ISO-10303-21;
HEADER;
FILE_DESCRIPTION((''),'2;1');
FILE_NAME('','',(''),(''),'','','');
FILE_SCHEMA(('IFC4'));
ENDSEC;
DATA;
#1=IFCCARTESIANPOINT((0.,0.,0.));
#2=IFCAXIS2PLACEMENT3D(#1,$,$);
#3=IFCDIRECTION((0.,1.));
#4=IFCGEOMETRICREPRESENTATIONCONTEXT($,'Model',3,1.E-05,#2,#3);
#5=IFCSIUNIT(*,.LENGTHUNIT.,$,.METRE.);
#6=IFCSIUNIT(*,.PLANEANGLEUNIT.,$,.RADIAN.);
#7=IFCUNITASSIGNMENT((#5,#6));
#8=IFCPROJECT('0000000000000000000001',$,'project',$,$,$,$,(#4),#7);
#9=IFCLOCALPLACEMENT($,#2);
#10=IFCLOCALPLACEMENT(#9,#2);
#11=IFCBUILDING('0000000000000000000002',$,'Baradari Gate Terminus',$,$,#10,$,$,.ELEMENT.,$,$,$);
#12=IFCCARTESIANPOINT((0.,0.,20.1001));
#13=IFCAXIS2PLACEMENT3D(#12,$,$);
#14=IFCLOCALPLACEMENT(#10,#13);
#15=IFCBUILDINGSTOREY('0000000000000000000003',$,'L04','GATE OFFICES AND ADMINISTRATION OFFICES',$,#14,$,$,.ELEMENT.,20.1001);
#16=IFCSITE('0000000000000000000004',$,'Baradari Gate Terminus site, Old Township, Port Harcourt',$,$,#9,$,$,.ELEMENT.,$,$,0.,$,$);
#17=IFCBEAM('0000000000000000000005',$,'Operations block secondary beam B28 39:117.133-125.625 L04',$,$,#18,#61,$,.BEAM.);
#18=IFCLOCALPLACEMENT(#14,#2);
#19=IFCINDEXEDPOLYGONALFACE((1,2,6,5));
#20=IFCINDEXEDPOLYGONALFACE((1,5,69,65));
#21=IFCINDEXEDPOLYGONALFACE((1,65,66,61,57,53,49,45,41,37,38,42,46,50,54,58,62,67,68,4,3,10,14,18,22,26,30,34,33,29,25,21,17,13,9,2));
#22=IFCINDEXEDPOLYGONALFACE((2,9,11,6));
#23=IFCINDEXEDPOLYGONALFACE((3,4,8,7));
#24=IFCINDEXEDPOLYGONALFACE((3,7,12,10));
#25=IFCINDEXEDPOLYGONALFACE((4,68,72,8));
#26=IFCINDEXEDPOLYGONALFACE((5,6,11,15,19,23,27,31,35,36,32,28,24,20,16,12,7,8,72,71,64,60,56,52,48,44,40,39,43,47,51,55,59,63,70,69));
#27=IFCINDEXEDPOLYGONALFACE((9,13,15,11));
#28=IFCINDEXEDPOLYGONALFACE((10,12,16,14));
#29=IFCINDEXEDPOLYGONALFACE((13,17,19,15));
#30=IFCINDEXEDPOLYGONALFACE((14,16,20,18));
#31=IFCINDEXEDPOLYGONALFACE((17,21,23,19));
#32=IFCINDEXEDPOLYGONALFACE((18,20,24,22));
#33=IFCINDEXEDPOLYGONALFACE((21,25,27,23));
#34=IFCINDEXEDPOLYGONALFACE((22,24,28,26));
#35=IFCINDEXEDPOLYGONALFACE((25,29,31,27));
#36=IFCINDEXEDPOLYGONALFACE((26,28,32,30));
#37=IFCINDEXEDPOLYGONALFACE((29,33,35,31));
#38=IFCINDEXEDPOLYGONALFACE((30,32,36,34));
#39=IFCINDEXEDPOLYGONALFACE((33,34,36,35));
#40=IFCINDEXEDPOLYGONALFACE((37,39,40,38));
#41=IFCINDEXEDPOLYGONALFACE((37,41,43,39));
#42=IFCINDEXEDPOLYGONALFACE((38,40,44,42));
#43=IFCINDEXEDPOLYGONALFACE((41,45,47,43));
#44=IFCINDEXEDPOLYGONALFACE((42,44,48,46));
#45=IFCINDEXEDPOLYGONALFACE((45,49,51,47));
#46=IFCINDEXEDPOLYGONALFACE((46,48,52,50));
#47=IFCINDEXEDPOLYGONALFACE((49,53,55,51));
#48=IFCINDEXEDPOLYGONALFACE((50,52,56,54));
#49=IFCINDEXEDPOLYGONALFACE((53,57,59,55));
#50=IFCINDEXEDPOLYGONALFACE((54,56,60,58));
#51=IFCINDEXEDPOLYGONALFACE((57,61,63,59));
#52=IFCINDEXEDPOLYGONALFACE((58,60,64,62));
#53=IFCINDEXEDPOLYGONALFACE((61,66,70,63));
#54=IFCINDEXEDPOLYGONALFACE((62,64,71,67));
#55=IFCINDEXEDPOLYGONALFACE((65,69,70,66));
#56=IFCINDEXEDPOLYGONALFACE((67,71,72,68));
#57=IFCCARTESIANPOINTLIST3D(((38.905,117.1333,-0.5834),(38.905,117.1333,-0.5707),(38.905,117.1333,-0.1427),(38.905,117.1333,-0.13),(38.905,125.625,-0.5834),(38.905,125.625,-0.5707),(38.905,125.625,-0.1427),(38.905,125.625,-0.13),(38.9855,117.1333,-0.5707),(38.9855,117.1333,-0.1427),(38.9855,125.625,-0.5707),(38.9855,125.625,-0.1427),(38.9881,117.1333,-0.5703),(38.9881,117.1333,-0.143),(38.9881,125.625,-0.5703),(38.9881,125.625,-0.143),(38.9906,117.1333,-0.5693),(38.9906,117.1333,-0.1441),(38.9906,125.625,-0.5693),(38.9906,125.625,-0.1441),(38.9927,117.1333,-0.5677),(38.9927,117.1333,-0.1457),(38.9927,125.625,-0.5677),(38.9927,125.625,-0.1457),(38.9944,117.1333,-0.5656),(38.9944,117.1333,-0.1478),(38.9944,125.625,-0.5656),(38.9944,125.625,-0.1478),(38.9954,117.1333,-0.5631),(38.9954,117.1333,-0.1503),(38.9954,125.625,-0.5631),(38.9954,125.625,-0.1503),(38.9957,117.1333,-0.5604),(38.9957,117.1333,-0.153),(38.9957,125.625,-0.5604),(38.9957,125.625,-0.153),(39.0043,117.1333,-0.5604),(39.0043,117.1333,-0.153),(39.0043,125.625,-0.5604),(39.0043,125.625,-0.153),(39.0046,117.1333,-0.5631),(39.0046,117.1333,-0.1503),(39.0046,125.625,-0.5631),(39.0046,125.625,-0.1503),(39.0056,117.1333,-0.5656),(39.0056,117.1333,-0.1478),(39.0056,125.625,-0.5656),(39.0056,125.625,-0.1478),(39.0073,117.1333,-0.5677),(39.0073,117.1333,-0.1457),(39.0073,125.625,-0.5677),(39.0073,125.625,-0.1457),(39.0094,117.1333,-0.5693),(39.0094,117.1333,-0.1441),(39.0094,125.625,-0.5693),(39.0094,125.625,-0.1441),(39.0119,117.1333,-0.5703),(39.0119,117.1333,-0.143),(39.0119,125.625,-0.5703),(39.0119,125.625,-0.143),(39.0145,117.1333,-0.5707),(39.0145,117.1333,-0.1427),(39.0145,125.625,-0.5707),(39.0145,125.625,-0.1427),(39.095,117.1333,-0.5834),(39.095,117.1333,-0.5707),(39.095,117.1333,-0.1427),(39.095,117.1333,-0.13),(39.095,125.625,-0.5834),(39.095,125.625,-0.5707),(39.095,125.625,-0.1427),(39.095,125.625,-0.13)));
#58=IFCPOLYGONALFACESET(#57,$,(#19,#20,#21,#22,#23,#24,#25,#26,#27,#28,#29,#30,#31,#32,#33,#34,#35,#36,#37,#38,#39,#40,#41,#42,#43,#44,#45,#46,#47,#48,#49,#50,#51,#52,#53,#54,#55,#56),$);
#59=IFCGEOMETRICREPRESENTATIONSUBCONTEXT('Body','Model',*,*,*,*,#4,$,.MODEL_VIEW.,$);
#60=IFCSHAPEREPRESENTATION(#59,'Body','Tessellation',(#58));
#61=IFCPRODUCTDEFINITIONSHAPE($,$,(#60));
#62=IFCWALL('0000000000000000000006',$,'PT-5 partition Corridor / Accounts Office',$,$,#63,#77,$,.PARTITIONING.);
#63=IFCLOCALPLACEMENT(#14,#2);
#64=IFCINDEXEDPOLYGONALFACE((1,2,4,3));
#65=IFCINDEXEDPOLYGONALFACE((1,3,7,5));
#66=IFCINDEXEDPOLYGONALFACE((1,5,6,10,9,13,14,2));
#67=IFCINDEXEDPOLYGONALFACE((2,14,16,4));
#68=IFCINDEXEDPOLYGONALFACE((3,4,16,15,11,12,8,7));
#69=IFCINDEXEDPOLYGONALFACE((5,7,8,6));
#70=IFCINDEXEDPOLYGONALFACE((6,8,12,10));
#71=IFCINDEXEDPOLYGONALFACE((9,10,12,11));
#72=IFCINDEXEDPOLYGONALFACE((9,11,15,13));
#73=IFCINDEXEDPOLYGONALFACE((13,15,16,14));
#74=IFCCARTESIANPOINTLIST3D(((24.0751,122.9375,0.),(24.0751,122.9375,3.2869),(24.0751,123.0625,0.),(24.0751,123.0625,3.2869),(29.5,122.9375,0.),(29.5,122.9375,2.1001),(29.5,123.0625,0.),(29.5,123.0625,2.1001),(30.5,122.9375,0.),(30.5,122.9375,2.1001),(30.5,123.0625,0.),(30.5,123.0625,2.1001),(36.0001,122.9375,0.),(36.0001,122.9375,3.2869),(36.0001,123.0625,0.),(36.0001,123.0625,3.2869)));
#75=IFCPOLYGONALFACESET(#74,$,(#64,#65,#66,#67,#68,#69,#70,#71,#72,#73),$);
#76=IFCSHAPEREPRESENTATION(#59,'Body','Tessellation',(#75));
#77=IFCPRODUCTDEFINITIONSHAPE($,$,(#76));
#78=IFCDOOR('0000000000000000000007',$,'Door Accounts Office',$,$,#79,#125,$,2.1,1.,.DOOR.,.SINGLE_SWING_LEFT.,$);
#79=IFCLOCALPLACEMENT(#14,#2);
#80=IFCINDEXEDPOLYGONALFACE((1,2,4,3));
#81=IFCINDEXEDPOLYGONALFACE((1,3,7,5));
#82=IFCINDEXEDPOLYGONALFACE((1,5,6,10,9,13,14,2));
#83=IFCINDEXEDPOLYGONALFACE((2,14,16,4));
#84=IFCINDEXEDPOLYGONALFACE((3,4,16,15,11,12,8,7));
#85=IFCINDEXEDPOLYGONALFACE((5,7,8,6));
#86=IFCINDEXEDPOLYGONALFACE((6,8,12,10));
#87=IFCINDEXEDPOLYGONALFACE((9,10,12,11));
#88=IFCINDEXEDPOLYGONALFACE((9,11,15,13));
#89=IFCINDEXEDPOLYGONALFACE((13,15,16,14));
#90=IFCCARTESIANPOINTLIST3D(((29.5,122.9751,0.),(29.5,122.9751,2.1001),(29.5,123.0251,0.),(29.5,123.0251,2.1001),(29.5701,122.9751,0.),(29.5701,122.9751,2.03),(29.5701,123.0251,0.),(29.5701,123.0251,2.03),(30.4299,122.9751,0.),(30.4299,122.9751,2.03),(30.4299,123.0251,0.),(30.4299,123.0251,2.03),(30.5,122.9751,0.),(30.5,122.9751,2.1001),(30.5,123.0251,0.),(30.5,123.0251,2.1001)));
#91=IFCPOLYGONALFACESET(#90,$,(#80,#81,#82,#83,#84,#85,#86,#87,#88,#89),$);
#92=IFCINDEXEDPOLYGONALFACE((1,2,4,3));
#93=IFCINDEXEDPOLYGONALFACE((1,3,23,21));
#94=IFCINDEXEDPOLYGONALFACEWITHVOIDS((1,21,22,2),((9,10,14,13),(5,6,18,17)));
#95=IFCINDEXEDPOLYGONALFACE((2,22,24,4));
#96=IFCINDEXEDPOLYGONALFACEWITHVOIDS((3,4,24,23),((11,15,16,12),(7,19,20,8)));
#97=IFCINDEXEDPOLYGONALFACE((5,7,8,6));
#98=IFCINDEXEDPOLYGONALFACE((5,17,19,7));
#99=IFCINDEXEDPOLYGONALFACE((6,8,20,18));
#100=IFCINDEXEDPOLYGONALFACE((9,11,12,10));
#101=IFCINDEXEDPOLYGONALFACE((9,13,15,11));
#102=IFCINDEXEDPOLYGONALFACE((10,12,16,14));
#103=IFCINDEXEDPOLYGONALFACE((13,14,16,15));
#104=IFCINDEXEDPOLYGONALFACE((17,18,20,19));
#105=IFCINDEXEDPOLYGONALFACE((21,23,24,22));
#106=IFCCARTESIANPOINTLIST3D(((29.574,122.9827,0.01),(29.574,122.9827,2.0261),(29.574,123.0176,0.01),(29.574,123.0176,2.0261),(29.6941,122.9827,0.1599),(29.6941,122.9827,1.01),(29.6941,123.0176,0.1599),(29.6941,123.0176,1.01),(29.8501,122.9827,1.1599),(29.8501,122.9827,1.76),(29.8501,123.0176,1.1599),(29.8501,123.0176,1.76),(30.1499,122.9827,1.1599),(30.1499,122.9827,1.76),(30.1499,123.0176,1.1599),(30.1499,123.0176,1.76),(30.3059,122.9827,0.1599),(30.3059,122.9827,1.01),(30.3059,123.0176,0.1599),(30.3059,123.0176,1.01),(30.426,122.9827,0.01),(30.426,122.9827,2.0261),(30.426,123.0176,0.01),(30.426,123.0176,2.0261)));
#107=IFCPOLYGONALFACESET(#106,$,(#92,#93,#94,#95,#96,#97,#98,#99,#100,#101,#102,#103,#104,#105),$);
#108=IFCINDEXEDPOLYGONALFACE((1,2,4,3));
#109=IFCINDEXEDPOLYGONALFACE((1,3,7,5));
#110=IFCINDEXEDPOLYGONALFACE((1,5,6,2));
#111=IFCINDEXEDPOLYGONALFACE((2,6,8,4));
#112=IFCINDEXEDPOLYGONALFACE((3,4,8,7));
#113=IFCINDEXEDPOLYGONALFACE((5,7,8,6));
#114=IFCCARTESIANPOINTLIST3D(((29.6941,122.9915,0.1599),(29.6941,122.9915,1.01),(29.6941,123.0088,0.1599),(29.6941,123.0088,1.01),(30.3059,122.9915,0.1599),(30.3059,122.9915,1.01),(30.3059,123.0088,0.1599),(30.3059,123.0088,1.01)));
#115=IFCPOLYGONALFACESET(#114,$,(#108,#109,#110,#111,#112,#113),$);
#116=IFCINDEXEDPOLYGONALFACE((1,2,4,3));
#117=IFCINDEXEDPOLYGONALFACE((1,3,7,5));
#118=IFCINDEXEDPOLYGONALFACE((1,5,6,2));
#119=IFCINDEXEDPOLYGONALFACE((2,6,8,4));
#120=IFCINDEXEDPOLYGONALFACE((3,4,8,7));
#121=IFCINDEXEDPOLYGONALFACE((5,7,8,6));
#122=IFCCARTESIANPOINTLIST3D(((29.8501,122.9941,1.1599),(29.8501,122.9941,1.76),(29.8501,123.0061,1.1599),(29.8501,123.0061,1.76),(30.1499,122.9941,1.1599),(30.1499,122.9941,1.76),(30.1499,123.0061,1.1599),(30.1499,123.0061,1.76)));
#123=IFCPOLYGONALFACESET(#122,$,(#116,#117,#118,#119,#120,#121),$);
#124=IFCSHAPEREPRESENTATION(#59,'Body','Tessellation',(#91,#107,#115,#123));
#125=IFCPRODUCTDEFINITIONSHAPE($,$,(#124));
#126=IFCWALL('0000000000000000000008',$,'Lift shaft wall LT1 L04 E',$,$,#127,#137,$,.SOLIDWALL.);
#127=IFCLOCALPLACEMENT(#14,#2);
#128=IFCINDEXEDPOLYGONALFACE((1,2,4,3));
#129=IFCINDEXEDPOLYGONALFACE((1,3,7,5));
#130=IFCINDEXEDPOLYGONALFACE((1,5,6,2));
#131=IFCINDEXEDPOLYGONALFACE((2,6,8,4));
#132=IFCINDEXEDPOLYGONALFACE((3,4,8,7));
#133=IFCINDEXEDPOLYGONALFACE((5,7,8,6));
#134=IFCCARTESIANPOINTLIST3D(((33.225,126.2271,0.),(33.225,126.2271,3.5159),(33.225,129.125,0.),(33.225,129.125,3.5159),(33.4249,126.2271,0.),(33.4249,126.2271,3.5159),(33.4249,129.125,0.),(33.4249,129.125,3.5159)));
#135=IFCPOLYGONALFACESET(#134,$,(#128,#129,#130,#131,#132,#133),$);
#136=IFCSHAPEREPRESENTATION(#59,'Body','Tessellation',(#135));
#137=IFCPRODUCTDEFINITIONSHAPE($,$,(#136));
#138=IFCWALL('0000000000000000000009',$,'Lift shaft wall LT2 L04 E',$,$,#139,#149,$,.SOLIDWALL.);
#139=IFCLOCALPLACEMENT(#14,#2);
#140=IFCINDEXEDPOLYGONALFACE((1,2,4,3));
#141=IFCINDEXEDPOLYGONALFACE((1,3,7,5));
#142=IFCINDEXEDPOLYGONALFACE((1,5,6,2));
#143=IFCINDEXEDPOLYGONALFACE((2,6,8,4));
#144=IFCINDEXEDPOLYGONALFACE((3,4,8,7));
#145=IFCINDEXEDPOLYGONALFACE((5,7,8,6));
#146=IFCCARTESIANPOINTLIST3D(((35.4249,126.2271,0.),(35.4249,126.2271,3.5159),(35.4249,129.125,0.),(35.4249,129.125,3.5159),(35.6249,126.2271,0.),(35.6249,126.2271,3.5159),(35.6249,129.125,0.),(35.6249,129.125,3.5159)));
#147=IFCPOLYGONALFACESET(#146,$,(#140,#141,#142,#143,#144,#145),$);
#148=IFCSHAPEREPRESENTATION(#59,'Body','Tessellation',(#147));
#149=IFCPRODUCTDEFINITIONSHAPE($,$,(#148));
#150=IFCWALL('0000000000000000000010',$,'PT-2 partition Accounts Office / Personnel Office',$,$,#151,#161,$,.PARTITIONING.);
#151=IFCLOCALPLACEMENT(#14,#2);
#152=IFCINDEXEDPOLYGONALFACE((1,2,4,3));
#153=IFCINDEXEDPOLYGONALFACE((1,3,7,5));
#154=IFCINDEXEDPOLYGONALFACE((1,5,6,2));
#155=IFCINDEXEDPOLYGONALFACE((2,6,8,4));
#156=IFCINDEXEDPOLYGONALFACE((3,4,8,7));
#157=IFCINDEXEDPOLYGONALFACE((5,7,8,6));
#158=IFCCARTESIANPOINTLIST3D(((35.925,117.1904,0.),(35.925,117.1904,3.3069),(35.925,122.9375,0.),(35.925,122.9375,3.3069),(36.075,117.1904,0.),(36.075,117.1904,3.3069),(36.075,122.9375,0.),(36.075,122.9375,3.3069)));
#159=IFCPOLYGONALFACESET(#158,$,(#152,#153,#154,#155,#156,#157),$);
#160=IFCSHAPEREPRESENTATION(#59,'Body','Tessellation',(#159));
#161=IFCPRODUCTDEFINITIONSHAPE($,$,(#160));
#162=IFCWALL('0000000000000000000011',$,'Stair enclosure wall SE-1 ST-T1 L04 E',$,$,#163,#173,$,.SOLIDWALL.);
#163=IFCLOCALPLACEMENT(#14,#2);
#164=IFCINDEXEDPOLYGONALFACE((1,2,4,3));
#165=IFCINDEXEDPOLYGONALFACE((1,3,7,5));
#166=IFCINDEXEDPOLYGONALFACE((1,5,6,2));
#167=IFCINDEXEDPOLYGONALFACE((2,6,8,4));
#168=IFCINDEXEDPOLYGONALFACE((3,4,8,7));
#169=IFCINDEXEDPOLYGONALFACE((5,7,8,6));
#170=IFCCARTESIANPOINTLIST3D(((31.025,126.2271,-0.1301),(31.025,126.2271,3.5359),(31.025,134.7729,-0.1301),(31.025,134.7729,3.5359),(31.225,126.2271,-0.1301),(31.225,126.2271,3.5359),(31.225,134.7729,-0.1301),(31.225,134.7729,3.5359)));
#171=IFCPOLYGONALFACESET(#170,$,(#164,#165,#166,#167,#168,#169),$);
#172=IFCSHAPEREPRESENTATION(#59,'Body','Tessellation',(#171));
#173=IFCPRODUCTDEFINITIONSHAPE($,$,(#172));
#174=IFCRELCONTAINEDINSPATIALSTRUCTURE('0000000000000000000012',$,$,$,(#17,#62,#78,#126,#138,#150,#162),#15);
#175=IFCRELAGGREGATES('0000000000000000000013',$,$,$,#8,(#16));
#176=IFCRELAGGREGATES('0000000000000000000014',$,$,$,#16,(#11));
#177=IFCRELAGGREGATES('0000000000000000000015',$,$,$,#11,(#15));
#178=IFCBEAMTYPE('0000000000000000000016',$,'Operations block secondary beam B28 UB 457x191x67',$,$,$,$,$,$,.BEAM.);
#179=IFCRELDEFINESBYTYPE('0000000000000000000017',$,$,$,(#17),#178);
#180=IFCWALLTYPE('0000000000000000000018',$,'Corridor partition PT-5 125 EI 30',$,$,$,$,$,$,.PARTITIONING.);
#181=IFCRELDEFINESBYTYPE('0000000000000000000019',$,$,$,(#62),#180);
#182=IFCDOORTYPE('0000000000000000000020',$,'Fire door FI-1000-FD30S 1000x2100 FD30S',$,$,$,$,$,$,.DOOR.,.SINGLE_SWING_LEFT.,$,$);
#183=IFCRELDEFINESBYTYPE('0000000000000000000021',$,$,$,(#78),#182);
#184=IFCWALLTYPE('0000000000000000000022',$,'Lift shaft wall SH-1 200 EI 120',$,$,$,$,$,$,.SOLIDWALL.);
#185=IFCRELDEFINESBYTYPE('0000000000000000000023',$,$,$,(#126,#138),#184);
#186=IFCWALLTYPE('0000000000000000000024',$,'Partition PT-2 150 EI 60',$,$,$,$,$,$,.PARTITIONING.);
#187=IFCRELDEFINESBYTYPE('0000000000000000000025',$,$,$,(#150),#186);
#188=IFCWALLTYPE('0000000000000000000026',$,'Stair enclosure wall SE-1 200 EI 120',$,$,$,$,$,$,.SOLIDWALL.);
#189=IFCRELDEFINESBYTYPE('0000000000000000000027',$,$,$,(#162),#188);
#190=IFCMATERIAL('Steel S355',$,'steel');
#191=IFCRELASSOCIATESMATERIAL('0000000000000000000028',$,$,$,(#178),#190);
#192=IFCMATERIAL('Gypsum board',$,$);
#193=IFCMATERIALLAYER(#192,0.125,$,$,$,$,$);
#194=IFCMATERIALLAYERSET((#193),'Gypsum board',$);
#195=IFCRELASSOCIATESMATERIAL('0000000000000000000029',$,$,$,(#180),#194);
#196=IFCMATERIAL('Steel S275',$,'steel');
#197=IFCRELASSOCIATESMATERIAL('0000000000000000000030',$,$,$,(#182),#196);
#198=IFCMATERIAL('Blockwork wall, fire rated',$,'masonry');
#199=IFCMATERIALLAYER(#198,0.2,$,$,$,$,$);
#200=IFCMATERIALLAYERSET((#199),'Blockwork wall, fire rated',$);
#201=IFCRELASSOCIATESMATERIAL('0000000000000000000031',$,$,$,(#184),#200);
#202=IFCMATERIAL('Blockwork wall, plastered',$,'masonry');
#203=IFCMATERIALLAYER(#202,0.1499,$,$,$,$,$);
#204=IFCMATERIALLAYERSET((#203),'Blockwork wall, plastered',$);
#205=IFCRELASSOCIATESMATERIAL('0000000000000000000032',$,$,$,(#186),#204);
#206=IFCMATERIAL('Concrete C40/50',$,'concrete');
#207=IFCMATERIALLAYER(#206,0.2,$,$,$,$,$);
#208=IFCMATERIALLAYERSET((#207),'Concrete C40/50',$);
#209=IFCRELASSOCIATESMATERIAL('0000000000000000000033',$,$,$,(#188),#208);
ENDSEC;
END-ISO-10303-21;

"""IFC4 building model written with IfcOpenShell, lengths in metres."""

from ifc_helpers import new_model, si_unit, direction, frame, frame_2d, origin, origin_2d, place, context, subcontext, project, spatial, polyline, rectangle, i_section, outline, extrude, material, layer, layer_set, material_profile, profile_set, type_object, element, fill, save


model = new_model("IFC4")

# Units and contexts
model_context = context("Model", 3, precision=1e-05, world=origin(), true_north=direction((0.0, 1.0)))
body_context = subcontext(model_context, "Body", "Model", "MODEL_VIEW")
ifc_project = project(units=[si_unit("LENGTHUNIT", "METRE"), si_unit("PLANEANGLEUNIT", "RADIAN")], contexts=[model_context])

# Site, building, storey
site_placement = place(None, origin())
site = spatial("IfcSite", under=ifc_project, at=site_placement, Name="Baradari Gate Terminus site, Old Township, Port Harcourt", CompositionType="ELEMENT", RefElevation=0.0)
building_placement = place(site_placement, origin())
building = spatial("IfcBuilding", under=site, at=building_placement, Name="Baradari Gate Terminus", CompositionType="ELEMENT")
storey_placement = place(building_placement, frame((0.0, 0.0, 20.1001)))
storey = spatial("IfcBuildingStorey", under=building, at=storey_placement, Name="L04", Description="GATE OFFICES AND ADMINISTRATION OFFICES", CompositionType="ELEMENT", Elevation=20.1001)

# Beam
ifc_material_1 = material(Name="Steel S355", Category="steel")
ifc_material_profile_1 = material_profile(ifc_material_1, i_section(OverallWidth=0.1899, OverallDepth=0.4534, WebThickness=0.0085, FlangeThickness=0.0127, FilletRadius=0.0103, at=origin_2d()), Name="UB 457x191x67")
ifc_profile_set_1 = profile_set([ifc_material_profile_1], Name="Steel S355")
beam_type_1 = type_object("IfcBeamType", Name="Operations block secondary beam B28 UB 457x191x67", PredefinedType="BEAM", material=ifc_profile_set_1)
for number, where, z_axis, x_axis, name in (
    (1, (39.0, 117.1333, -0.3567), (0.0, 1.0, 0.0), (-1.0, 0.0, 0.0), "Operations block secondary beam B28 39:117.133-125.625 L04"),
):
    element("IfcBeam", number, at=place(storey_placement, frame(where, z_axis=z_axis, x_axis=x_axis)), inside=storey, type_object=beam_type_1, Name=name, PredefinedType="BEAM", context=body_context, shape_type="SweptSolid", body=[
        extrude(i_section(OverallWidth=0.1899, OverallDepth=0.4534, WebThickness=0.0085, FlangeThickness=0.0127, FilletRadius=0.0103, at=origin_2d()), origin(), (0.0, 0.0, 1.0), 8.4917),
    ])

# Wall, opening, door
ifc_material_2 = material(Name="Gypsum board")
ifc_layer_1 = layer(ifc_material_2, 0.125)
ifc_layer_set_1 = layer_set([ifc_layer_1], Name="Gypsum board")
wall_type_1 = type_object("IfcWallType", Name="Corridor partition PT-5 125 EI 30", PredefinedType="PARTITIONING", material=ifc_layer_set_1)
wall_1_placement = place(storey_placement, frame((36.0, 123.0, 0.0), z_axis=(0.0, 0.0, 1.0), x_axis=(-1.0, 0.0, 0.0)))
wall_1 = element("IfcWall", 2, at=wall_1_placement, inside=storey, type_object=wall_type_1, Name="PT-5 partition Corridor / Accounts Office", PredefinedType="PARTITIONING", context=body_context, shape_type="SweptSolid", body=[
    extrude(rectangle(XDim=11.925, YDim=0.125, at=frame_2d((5.9624, 0.0))), origin(), (0.0, 0.0, 1.0), 3.2869),
])
opening_placement = place(wall_1_placement, frame((5.5, 0.0, 0.0)))
opening = element("IfcOpeningElement", 3, at=opening_placement, cuts=wall_1, PredefinedType="OPENING", context=body_context, shape_type="SweptSolid", body=[
    extrude(rectangle(XDim=1.0, YDim=2.1001, at=frame_2d((0.5, 1.05))), frame((0.0, 0.0725, 0.0), z_axis=(0.0, -1.0, 0.0), x_axis=(1.0, 0.0, 0.0)), (0.0, 0.0, 1.0), 0.145),
])
ifc_material_3 = material(Name="Steel S275", Category="steel")
door_type = type_object("IfcDoorType", Name="Fire door FI-1000-FD30S 1000x2100 FD30S", OperationType="SINGLE_SWING_LEFT", PredefinedType="DOOR", material=ifc_material_3)
door_placement = place(opening_placement, origin())
door = element("IfcDoor", 4, at=door_placement, inside=storey, type_object=door_type, Name="Door Accounts Office", OperationType="SINGLE_SWING_LEFT", OverallHeight=2.1, OverallWidth=1.0, PredefinedType="DOOR", context=body_context, shape_type="SweptSolid", body=[
    extrude(outline(polyline([(0.0, 0.0), (0.0701, 0.0), (0.0701, 2.03), (0.9299, 2.03), (0.9299, 0.0), (1.0, 0.0), (1.0, 2.1001), (0.0, 2.1001), (0.0, 0.0)])), frame((0.0, 0.0249, 0.0), z_axis=(0.0, -1.0, 0.0), x_axis=(1.0, 0.0, 0.0)), (0.0, 0.0, 1.0), 0.05),
    extrude(outline(polyline([(0.074, 0.01), (0.926, 0.01), (0.926, 2.0261), (0.074, 2.0261), (0.074, 0.01)]), holes=[polyline([(0.1941, 0.1599), (0.8059, 0.1599), (0.8059, 1.01), (0.1941, 1.01), (0.1941, 0.1599)]), polyline([(0.3501, 1.1599), (0.6499, 1.1599), (0.6499, 1.76), (0.3501, 1.76), (0.3501, 1.1599)])]), frame((0.0, 0.0173, 0.0), z_axis=(0.0, -1.0, 0.0), x_axis=(1.0, 0.0, 0.0)), (0.0, 0.0, 1.0), 0.0349),
    extrude(rectangle(XDim=0.6118, YDim=0.8501, at=frame_2d((0.5, 0.585))), frame((0.0, 0.0085, 0.0), z_axis=(0.0, -1.0, 0.0), x_axis=(1.0, 0.0, 0.0)), (0.0, 0.0, 1.0), 0.0173),
    extrude(rectangle(XDim=0.2998, YDim=0.6001, at=frame_2d((0.5, 1.46))), frame((0.0, 0.0059, 0.0), z_axis=(0.0, -1.0, 0.0), x_axis=(1.0, 0.0, 0.0)), (0.0, 0.0, 1.0), 0.012),
])
fill(opening, door)

# Walls
ifc_material_4 = material(Name="Blockwork wall, fire rated", Category="masonry")
ifc_layer_2 = layer(ifc_material_4, 0.2)
ifc_layer_set_2 = layer_set([ifc_layer_2], Name="Blockwork wall, fire rated")
wall_type_2 = type_object("IfcWallType", Name="Lift shaft wall SH-1 200 EI 120", PredefinedType="SOLIDWALL", material=ifc_layer_set_2)
for number, where, z_axis, x_axis, name in (
    (5, (33.325, 126.2271, 0.0), (0.0, 0.0, 1.0), (0.0, 1.0, 0.0), "Lift shaft wall LT1 L04 E"),
    (6, (35.5249, 126.2271, 0.0), (0.0, 0.0, 1.0), (0.0, 1.0, 0.0), "Lift shaft wall LT2 L04 E"),
):
    element("IfcWall", number, at=place(storey_placement, frame(where, z_axis=z_axis, x_axis=x_axis)), inside=storey, type_object=wall_type_2, Name=name, PredefinedType="SOLIDWALL", context=body_context, shape_type="SweptSolid", body=[
        extrude(rectangle(XDim=2.8979, YDim=0.2, at=frame_2d((1.449, 0.0))), origin(), (0.0, 0.0, 1.0), 3.5159),
    ])
ifc_material_5 = material(Name="Blockwork wall, plastered", Category="masonry")
ifc_layer_3 = layer(ifc_material_5, 0.1499)
ifc_layer_set_3 = layer_set([ifc_layer_3], Name="Blockwork wall, plastered")
wall_type_3 = type_object("IfcWallType", Name="Partition PT-2 150 EI 60", PredefinedType="PARTITIONING", material=ifc_layer_set_3)
wall_2_placement = place(storey_placement, frame((36.0, 122.9375, 0.0), z_axis=(0.0, 0.0, 1.0), x_axis=(0.0, -1.0, 0.0)))
element("IfcWall", 7, at=wall_2_placement, inside=storey, type_object=wall_type_3, Name="PT-2 partition Accounts Office / Personnel Office", PredefinedType="PARTITIONING", context=body_context, shape_type="SweptSolid", body=[
    extrude(rectangle(XDim=5.7471, YDim=0.1499, at=frame_2d((2.8735, 0.0))), origin(), (0.0, 0.0, 1.0), 3.3069),
])
ifc_material_6 = material(Name="Concrete C40/50", Category="concrete")
ifc_layer_4 = layer(ifc_material_6, 0.2)
ifc_layer_set_4 = layer_set([ifc_layer_4], Name="Concrete C40/50")
wall_type_4 = type_object("IfcWallType", Name="Stair enclosure wall SE-1 200 EI 120", PredefinedType="SOLIDWALL", material=ifc_layer_set_4)
wall_3_placement = place(storey_placement, frame((31.125, 126.2271, -0.1301), z_axis=(0.0, 0.0, 1.0), x_axis=(0.0, 1.0, 0.0)))
element("IfcWall", 8, at=wall_3_placement, inside=storey, type_object=wall_type_4, Name="Stair enclosure wall SE-1 ST-T1 L04 E", PredefinedType="SOLIDWALL", context=body_context, shape_type="SweptSolid", body=[
    extrude(rectangle(XDim=8.5459, YDim=0.2, at=frame_2d((4.2729, 0.0))), origin(), (0.0, 0.0, 1.0), 3.666),
])

save(model, "model.ifc")
